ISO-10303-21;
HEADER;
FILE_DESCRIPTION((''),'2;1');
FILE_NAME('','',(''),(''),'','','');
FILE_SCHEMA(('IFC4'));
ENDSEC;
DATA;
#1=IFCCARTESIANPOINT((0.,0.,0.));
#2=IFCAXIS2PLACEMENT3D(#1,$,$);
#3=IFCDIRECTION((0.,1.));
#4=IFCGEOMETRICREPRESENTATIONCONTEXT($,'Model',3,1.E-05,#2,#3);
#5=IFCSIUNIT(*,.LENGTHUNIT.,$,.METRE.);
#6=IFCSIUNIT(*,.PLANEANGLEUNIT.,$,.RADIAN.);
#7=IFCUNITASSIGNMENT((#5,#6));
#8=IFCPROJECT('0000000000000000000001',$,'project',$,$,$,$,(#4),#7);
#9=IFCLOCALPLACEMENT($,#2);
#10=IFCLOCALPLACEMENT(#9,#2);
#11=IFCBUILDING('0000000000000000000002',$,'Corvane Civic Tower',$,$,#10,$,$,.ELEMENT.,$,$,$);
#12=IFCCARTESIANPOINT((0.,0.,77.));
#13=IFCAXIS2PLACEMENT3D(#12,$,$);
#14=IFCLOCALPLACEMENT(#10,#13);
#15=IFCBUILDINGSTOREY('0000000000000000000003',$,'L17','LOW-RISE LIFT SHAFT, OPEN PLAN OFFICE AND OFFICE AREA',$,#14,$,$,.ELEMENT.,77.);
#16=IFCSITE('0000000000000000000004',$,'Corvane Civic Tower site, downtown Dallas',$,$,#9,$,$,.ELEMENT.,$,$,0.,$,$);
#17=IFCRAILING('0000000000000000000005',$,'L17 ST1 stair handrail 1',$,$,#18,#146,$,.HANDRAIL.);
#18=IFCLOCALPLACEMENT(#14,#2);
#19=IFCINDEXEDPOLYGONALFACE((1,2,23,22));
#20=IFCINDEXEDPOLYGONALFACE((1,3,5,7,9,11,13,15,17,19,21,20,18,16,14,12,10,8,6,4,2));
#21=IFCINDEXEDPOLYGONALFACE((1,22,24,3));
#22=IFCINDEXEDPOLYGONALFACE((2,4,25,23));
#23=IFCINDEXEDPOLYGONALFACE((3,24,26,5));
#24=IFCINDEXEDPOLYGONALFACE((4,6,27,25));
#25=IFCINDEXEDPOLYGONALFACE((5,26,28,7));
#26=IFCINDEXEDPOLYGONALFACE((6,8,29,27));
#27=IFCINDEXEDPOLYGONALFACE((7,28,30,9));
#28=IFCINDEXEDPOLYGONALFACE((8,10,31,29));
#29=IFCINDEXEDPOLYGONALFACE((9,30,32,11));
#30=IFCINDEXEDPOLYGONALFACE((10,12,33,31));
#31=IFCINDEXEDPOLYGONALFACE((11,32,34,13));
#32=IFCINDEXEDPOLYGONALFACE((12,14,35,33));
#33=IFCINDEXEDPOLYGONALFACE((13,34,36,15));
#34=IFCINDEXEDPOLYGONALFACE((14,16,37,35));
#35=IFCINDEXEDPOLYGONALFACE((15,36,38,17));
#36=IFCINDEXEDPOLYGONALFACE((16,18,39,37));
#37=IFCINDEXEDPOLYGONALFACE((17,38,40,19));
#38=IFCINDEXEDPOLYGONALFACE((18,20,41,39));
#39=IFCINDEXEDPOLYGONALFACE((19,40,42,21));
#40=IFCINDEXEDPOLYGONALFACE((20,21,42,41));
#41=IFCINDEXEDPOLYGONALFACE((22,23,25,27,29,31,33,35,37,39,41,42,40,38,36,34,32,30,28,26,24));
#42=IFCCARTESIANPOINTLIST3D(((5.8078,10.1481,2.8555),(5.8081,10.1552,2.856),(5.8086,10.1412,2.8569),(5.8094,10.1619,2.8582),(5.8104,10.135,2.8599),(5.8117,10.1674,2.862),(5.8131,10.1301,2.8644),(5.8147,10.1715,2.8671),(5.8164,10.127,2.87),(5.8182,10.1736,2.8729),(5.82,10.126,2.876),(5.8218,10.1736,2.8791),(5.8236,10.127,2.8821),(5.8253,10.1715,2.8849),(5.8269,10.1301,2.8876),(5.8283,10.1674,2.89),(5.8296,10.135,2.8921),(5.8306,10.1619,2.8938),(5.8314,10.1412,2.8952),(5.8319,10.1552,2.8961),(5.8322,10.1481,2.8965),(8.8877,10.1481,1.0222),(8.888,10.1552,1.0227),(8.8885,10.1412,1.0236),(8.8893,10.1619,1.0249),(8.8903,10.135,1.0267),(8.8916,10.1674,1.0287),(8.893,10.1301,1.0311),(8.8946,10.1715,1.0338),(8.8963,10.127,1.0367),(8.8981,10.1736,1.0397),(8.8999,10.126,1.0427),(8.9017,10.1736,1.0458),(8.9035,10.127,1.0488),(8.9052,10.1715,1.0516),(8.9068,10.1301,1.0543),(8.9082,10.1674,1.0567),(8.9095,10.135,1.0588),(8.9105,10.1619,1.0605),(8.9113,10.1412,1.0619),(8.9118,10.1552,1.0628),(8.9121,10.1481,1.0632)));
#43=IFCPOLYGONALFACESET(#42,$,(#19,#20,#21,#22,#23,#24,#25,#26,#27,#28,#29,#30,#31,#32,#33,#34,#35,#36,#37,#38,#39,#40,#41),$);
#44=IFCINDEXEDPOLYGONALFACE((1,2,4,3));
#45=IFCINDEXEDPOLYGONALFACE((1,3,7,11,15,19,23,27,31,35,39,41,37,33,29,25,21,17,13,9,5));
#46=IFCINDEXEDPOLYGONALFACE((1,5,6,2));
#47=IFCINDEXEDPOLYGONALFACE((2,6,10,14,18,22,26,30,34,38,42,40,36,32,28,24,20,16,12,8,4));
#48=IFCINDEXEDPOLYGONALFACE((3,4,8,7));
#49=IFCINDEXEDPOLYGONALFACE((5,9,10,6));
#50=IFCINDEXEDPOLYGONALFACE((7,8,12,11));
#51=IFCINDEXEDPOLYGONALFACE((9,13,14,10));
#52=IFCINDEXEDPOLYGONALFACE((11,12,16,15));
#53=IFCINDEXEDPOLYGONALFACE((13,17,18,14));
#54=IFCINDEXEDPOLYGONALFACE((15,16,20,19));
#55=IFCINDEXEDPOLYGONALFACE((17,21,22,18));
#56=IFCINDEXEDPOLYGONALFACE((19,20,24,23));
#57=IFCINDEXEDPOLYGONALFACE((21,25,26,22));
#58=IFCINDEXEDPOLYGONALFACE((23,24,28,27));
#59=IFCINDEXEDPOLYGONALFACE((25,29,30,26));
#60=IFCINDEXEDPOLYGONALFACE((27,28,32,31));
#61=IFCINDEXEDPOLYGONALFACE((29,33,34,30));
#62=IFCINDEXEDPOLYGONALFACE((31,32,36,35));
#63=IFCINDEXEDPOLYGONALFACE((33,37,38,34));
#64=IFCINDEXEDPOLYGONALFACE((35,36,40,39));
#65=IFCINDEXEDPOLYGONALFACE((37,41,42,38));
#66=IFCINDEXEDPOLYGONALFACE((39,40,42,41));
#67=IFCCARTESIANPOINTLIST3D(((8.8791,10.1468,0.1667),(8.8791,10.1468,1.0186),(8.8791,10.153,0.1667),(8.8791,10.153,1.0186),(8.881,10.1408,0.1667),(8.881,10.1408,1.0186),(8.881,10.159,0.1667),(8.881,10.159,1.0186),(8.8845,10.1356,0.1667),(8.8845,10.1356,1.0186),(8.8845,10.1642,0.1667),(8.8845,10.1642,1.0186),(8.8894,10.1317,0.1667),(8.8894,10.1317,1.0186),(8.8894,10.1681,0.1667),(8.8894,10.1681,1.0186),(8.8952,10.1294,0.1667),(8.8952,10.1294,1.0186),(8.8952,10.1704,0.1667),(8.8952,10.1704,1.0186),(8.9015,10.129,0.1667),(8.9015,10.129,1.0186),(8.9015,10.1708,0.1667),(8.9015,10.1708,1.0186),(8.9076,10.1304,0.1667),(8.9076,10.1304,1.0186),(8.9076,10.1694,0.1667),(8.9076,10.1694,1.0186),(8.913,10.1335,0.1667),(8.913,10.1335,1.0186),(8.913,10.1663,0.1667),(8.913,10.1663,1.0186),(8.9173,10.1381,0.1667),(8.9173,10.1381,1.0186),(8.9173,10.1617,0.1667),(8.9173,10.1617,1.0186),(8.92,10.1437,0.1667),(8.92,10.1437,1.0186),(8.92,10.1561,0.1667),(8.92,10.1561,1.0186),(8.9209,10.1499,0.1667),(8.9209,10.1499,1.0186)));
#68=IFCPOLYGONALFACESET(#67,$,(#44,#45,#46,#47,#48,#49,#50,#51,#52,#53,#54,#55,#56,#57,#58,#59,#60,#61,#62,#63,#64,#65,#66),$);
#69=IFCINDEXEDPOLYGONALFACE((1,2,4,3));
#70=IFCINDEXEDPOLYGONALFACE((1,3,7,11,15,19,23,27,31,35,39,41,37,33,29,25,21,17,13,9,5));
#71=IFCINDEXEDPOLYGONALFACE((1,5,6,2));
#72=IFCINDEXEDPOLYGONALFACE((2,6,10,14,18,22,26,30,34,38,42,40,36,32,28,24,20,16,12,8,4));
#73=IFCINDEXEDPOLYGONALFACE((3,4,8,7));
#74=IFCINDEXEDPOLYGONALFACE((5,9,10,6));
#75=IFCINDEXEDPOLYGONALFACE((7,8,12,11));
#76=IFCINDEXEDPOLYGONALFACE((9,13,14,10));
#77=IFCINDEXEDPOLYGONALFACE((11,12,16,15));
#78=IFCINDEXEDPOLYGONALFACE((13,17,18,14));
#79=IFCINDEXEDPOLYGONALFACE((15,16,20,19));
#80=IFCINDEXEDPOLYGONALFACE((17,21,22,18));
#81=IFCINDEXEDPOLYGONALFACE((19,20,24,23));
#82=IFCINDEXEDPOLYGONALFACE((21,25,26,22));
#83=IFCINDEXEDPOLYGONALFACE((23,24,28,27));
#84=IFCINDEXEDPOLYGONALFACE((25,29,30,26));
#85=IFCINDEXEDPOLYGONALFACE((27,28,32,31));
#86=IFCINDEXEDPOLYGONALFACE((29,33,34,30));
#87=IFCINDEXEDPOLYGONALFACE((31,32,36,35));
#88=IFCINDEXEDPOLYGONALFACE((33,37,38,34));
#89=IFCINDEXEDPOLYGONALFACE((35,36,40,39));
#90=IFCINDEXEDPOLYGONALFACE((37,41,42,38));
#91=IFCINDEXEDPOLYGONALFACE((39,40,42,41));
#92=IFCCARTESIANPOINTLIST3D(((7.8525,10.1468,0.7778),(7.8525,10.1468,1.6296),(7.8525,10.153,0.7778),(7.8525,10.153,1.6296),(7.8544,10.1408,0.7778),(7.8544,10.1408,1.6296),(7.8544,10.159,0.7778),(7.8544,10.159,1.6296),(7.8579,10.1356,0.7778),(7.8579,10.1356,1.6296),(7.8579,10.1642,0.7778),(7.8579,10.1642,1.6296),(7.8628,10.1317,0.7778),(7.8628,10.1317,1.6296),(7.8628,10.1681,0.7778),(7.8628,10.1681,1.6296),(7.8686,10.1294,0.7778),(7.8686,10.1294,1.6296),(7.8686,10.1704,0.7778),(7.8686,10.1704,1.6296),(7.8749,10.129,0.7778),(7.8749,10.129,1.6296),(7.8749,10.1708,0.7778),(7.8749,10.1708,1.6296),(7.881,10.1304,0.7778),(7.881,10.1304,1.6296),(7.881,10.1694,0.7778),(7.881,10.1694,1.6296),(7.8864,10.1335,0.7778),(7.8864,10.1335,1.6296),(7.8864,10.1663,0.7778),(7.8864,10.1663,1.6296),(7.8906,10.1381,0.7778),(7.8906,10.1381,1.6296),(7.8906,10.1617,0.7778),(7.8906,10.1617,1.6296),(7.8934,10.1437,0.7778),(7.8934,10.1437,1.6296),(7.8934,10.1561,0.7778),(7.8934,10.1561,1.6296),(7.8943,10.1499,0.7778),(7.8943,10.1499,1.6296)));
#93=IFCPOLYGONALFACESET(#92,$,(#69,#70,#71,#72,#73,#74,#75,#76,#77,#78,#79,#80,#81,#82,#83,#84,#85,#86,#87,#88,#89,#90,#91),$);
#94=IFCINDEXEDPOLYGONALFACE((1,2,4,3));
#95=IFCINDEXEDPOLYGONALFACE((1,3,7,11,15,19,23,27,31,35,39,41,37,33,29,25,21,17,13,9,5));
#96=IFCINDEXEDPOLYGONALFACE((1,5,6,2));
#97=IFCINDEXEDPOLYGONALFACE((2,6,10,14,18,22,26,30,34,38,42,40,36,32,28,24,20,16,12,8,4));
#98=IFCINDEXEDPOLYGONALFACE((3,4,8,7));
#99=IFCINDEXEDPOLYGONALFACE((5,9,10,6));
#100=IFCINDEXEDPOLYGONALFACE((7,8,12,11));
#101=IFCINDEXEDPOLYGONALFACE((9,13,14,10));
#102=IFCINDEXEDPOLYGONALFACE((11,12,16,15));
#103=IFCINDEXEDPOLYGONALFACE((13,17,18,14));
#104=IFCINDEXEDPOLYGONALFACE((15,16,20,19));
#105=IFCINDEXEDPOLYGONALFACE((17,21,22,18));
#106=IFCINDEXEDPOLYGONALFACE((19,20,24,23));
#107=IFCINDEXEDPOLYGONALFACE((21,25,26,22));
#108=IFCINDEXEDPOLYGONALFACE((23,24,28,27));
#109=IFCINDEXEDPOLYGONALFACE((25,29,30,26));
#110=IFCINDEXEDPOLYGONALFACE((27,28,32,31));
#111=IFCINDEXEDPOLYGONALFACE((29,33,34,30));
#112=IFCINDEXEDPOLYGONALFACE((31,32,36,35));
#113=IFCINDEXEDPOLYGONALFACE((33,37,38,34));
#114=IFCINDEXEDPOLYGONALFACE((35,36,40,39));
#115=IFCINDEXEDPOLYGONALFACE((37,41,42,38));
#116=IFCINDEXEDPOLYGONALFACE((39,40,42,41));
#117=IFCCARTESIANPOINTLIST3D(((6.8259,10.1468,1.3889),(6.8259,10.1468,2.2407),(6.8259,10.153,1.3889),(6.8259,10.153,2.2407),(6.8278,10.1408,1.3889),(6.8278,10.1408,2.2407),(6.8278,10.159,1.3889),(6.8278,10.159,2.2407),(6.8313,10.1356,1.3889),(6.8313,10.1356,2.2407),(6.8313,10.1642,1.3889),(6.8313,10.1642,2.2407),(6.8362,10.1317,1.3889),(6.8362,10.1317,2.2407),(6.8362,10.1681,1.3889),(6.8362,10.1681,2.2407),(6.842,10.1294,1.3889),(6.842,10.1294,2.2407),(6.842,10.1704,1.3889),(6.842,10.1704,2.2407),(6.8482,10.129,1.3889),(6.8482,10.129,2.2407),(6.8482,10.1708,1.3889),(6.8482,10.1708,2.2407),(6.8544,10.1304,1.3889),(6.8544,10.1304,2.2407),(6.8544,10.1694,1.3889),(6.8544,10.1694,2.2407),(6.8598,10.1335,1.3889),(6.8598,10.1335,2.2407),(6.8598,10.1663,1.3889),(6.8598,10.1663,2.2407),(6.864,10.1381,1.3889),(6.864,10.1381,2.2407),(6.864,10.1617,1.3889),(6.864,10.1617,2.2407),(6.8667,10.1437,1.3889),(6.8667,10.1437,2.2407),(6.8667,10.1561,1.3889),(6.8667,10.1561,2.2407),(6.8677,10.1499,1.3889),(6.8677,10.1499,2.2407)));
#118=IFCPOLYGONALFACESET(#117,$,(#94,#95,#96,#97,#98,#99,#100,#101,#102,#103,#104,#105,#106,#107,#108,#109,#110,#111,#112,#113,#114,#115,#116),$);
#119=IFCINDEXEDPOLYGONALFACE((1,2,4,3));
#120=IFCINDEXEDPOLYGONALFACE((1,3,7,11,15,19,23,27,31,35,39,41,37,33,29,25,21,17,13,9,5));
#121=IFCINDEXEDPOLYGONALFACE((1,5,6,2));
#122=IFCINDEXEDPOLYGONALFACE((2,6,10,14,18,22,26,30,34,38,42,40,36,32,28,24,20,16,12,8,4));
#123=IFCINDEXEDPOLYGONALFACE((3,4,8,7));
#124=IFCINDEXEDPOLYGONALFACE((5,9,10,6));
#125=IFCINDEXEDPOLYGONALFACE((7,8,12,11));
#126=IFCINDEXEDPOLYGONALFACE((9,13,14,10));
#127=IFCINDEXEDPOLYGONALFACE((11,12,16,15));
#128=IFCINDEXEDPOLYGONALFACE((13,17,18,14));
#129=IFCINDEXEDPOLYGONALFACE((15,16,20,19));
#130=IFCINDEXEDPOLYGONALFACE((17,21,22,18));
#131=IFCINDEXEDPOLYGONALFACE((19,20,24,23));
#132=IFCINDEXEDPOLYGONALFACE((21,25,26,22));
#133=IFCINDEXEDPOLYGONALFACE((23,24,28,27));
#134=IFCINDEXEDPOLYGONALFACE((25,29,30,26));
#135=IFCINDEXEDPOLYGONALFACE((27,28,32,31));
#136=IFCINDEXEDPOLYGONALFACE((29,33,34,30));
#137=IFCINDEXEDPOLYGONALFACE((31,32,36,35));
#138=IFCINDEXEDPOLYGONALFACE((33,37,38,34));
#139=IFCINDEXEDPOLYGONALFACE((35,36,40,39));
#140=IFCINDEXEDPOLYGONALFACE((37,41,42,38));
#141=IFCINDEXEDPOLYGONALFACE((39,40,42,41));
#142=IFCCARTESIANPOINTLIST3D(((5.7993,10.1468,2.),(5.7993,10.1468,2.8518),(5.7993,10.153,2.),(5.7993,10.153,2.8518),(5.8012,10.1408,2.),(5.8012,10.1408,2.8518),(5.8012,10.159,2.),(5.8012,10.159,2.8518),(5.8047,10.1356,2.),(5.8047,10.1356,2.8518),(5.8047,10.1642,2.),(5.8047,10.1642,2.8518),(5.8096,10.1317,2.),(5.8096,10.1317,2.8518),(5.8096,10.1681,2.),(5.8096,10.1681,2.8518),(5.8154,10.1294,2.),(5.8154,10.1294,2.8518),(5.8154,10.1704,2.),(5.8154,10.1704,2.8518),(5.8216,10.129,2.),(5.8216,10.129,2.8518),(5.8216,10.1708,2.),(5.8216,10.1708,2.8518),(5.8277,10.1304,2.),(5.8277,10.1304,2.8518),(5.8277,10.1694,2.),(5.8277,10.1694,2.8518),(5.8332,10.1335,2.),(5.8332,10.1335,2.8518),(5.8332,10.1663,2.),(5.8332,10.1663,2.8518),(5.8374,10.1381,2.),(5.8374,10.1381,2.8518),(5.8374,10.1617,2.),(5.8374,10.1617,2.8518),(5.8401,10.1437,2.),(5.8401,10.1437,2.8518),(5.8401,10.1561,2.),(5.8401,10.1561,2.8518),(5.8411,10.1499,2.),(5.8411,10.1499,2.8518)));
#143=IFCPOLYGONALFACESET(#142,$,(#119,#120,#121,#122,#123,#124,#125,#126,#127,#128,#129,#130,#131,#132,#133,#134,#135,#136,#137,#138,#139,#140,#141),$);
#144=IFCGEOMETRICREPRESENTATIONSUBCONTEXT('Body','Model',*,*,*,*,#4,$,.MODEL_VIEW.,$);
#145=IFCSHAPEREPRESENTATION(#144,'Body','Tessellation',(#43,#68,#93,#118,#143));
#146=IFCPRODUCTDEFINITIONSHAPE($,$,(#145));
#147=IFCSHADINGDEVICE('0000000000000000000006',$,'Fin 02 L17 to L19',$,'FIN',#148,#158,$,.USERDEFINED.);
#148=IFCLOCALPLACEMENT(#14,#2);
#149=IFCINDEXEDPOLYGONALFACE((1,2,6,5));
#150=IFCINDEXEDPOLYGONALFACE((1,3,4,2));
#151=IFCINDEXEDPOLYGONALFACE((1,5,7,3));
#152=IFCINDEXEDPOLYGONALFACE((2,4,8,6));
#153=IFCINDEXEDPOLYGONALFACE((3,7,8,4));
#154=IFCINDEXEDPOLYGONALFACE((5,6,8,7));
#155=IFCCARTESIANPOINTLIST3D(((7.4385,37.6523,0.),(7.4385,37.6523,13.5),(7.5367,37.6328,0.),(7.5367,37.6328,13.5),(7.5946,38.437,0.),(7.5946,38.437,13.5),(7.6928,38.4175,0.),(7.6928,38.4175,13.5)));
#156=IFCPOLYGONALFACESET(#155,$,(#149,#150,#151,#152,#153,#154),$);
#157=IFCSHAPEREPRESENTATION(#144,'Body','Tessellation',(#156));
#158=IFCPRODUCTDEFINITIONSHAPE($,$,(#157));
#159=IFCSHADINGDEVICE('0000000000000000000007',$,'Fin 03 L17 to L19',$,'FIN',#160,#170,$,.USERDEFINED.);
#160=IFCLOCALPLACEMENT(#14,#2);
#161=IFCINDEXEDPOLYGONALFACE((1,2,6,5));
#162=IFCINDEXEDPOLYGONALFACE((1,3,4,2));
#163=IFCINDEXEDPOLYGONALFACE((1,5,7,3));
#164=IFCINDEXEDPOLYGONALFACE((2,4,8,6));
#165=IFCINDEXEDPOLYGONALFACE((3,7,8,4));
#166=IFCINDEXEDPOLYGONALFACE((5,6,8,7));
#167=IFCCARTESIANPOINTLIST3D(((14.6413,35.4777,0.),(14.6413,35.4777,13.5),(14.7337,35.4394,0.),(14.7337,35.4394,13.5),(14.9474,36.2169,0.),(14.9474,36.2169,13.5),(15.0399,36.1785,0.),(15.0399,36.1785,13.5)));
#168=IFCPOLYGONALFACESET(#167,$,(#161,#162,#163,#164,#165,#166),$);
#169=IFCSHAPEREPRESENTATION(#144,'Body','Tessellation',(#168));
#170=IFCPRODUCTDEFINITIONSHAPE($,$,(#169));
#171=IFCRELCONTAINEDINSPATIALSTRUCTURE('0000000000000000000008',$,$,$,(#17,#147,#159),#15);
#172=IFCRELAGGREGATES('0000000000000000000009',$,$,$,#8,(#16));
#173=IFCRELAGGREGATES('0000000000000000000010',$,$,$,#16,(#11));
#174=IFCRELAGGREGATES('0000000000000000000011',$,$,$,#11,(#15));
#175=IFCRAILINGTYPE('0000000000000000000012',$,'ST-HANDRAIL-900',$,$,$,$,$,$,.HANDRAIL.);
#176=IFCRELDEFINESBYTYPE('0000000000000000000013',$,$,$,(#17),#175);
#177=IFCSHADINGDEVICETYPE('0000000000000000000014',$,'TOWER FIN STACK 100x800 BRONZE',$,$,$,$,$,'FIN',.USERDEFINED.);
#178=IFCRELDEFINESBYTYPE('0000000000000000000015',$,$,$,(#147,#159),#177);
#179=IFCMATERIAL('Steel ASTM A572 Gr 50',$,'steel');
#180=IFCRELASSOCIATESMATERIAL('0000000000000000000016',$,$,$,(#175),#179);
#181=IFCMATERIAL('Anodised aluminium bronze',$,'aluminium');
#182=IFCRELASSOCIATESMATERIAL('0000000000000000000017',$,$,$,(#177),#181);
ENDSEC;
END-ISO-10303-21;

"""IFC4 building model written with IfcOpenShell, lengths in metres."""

from ifc_helpers import new_model, si_unit, direction, frame, origin, origin_2d, place, context, subcontext, project, spatial, rectangle, circle, extrude, material, material_profile, profile_set, type_object, element, save


model = new_model("IFC4")

# Units and contexts
model_context = context("Model", 3, precision=1e-05, world=origin(), true_north=direction((0.0, 1.0)))
body_context = subcontext(model_context, "Body", "Model", "MODEL_VIEW")
ifc_project = project(units=[si_unit("LENGTHUNIT", "METRE"), si_unit("PLANEANGLEUNIT", "RADIAN")], contexts=[model_context])

# Site, building, storey
site_placement = place(None, origin())
site = spatial("IfcSite", under=ifc_project, at=site_placement, Name="Corvane Civic Tower site, downtown Dallas", CompositionType="ELEMENT", RefElevation=0.0)
building_placement = place(site_placement, origin())
building = spatial("IfcBuilding", under=site, at=building_placement, Name="Corvane Civic Tower", CompositionType="ELEMENT")
storey_placement = place(building_placement, frame((0.0, 0.0, 77.0)))
storey = spatial("IfcBuildingStorey", under=building, at=storey_placement, Name="L17", Description="LOW-RISE LIFT SHAFT, OPEN PLAN OFFICE AND OFFICE AREA", CompositionType="ELEMENT", Elevation=77.0)

# Railing
ifc_material_1 = material(Name="Steel ASTM A572 Gr 50", Category="steel")
railing_type = type_object("IfcRailingType", Name="ST-HANDRAIL-900", PredefinedType="HANDRAIL", material=ifc_material_1)
railing_placement = place(storey_placement, frame((8.8999, 10.1499, 0.1667)))
element("IfcRailing", 1, at=railing_placement, inside=storey, type_object=railing_type, Name="L17 ST1 stair handrail 1", PredefinedType="HANDRAIL", context=body_context, shape_type="SweptSolid", body=[
    extrude(circle(Radius=0.0239, at=origin_2d()), frame((0.0, 0.0, 0.876), z_axis=(-0.859291, 0.0, 0.511487), x_axis=(0.0, -1.0, 0.0)), (0.0, 0.0, 1.0), 3.5842),
    extrude(circle(Radius=0.021, at=origin_2d()), origin(), (0.0, 0.0, 1.0), 0.8518),
    extrude(circle(Radius=0.021, at=origin_2d()), frame((-1.0266, 0.0, 0.6111)), (0.0, 0.0, 1.0), 0.8518),
    extrude(circle(Radius=0.021, at=origin_2d()), frame((-2.0532, 0.0, 1.2222)), (0.0, 0.0, 1.0), 0.8518),
    extrude(circle(Radius=0.021, at=origin_2d()), frame((-3.0798, 0.0, 1.8333)), (0.0, 0.0, 1.0), 0.8518),
])

# Shading devices
ifc_material_2 = material(Name="Anodised aluminium bronze", Category="aluminium")
ifc_material_profile_1 = material_profile(ifc_material_2, rectangle(XDim=0.1001, YDim=0.8, at=origin_2d()), Name="TOWER FIN STACK 100x800 BRONZE")
ifc_profile_set_1 = profile_set([ifc_material_profile_1], Name="Anodised aluminium bronze")
shading_device_type = type_object("IfcShadingDeviceType", Name="TOWER FIN STACK 100x800 BRONZE", ElementType="FIN", PredefinedType="USERDEFINED", material=ifc_profile_set_1)
for number, where, z_axis, x_axis, name in (
    (2, (7.5657, 38.0349, 0.0), (0.0, 0.0, 1.0), (0.980785, -0.19509, 0.0), "Fin 02 L17 to L19"),
    (3, (14.8406, 35.8281, 0.0), (0.0, 0.0, 1.0), (0.92388, -0.382683, 0.0), "Fin 03 L17 to L19"),
):
    element("IfcShadingDevice", number, at=place(storey_placement, frame(where, z_axis=z_axis, x_axis=x_axis)), inside=storey, type_object=shading_device_type, Name=name, ObjectType="FIN", PredefinedType="USERDEFINED", context=body_context, shape_type="SweptSolid", body=[
        extrude(rectangle(XDim=0.1001, YDim=0.8, at=origin_2d()), origin(), (0.0, 0.0, 1.0), 13.5),
    ])

save(model, "model.ifc")
